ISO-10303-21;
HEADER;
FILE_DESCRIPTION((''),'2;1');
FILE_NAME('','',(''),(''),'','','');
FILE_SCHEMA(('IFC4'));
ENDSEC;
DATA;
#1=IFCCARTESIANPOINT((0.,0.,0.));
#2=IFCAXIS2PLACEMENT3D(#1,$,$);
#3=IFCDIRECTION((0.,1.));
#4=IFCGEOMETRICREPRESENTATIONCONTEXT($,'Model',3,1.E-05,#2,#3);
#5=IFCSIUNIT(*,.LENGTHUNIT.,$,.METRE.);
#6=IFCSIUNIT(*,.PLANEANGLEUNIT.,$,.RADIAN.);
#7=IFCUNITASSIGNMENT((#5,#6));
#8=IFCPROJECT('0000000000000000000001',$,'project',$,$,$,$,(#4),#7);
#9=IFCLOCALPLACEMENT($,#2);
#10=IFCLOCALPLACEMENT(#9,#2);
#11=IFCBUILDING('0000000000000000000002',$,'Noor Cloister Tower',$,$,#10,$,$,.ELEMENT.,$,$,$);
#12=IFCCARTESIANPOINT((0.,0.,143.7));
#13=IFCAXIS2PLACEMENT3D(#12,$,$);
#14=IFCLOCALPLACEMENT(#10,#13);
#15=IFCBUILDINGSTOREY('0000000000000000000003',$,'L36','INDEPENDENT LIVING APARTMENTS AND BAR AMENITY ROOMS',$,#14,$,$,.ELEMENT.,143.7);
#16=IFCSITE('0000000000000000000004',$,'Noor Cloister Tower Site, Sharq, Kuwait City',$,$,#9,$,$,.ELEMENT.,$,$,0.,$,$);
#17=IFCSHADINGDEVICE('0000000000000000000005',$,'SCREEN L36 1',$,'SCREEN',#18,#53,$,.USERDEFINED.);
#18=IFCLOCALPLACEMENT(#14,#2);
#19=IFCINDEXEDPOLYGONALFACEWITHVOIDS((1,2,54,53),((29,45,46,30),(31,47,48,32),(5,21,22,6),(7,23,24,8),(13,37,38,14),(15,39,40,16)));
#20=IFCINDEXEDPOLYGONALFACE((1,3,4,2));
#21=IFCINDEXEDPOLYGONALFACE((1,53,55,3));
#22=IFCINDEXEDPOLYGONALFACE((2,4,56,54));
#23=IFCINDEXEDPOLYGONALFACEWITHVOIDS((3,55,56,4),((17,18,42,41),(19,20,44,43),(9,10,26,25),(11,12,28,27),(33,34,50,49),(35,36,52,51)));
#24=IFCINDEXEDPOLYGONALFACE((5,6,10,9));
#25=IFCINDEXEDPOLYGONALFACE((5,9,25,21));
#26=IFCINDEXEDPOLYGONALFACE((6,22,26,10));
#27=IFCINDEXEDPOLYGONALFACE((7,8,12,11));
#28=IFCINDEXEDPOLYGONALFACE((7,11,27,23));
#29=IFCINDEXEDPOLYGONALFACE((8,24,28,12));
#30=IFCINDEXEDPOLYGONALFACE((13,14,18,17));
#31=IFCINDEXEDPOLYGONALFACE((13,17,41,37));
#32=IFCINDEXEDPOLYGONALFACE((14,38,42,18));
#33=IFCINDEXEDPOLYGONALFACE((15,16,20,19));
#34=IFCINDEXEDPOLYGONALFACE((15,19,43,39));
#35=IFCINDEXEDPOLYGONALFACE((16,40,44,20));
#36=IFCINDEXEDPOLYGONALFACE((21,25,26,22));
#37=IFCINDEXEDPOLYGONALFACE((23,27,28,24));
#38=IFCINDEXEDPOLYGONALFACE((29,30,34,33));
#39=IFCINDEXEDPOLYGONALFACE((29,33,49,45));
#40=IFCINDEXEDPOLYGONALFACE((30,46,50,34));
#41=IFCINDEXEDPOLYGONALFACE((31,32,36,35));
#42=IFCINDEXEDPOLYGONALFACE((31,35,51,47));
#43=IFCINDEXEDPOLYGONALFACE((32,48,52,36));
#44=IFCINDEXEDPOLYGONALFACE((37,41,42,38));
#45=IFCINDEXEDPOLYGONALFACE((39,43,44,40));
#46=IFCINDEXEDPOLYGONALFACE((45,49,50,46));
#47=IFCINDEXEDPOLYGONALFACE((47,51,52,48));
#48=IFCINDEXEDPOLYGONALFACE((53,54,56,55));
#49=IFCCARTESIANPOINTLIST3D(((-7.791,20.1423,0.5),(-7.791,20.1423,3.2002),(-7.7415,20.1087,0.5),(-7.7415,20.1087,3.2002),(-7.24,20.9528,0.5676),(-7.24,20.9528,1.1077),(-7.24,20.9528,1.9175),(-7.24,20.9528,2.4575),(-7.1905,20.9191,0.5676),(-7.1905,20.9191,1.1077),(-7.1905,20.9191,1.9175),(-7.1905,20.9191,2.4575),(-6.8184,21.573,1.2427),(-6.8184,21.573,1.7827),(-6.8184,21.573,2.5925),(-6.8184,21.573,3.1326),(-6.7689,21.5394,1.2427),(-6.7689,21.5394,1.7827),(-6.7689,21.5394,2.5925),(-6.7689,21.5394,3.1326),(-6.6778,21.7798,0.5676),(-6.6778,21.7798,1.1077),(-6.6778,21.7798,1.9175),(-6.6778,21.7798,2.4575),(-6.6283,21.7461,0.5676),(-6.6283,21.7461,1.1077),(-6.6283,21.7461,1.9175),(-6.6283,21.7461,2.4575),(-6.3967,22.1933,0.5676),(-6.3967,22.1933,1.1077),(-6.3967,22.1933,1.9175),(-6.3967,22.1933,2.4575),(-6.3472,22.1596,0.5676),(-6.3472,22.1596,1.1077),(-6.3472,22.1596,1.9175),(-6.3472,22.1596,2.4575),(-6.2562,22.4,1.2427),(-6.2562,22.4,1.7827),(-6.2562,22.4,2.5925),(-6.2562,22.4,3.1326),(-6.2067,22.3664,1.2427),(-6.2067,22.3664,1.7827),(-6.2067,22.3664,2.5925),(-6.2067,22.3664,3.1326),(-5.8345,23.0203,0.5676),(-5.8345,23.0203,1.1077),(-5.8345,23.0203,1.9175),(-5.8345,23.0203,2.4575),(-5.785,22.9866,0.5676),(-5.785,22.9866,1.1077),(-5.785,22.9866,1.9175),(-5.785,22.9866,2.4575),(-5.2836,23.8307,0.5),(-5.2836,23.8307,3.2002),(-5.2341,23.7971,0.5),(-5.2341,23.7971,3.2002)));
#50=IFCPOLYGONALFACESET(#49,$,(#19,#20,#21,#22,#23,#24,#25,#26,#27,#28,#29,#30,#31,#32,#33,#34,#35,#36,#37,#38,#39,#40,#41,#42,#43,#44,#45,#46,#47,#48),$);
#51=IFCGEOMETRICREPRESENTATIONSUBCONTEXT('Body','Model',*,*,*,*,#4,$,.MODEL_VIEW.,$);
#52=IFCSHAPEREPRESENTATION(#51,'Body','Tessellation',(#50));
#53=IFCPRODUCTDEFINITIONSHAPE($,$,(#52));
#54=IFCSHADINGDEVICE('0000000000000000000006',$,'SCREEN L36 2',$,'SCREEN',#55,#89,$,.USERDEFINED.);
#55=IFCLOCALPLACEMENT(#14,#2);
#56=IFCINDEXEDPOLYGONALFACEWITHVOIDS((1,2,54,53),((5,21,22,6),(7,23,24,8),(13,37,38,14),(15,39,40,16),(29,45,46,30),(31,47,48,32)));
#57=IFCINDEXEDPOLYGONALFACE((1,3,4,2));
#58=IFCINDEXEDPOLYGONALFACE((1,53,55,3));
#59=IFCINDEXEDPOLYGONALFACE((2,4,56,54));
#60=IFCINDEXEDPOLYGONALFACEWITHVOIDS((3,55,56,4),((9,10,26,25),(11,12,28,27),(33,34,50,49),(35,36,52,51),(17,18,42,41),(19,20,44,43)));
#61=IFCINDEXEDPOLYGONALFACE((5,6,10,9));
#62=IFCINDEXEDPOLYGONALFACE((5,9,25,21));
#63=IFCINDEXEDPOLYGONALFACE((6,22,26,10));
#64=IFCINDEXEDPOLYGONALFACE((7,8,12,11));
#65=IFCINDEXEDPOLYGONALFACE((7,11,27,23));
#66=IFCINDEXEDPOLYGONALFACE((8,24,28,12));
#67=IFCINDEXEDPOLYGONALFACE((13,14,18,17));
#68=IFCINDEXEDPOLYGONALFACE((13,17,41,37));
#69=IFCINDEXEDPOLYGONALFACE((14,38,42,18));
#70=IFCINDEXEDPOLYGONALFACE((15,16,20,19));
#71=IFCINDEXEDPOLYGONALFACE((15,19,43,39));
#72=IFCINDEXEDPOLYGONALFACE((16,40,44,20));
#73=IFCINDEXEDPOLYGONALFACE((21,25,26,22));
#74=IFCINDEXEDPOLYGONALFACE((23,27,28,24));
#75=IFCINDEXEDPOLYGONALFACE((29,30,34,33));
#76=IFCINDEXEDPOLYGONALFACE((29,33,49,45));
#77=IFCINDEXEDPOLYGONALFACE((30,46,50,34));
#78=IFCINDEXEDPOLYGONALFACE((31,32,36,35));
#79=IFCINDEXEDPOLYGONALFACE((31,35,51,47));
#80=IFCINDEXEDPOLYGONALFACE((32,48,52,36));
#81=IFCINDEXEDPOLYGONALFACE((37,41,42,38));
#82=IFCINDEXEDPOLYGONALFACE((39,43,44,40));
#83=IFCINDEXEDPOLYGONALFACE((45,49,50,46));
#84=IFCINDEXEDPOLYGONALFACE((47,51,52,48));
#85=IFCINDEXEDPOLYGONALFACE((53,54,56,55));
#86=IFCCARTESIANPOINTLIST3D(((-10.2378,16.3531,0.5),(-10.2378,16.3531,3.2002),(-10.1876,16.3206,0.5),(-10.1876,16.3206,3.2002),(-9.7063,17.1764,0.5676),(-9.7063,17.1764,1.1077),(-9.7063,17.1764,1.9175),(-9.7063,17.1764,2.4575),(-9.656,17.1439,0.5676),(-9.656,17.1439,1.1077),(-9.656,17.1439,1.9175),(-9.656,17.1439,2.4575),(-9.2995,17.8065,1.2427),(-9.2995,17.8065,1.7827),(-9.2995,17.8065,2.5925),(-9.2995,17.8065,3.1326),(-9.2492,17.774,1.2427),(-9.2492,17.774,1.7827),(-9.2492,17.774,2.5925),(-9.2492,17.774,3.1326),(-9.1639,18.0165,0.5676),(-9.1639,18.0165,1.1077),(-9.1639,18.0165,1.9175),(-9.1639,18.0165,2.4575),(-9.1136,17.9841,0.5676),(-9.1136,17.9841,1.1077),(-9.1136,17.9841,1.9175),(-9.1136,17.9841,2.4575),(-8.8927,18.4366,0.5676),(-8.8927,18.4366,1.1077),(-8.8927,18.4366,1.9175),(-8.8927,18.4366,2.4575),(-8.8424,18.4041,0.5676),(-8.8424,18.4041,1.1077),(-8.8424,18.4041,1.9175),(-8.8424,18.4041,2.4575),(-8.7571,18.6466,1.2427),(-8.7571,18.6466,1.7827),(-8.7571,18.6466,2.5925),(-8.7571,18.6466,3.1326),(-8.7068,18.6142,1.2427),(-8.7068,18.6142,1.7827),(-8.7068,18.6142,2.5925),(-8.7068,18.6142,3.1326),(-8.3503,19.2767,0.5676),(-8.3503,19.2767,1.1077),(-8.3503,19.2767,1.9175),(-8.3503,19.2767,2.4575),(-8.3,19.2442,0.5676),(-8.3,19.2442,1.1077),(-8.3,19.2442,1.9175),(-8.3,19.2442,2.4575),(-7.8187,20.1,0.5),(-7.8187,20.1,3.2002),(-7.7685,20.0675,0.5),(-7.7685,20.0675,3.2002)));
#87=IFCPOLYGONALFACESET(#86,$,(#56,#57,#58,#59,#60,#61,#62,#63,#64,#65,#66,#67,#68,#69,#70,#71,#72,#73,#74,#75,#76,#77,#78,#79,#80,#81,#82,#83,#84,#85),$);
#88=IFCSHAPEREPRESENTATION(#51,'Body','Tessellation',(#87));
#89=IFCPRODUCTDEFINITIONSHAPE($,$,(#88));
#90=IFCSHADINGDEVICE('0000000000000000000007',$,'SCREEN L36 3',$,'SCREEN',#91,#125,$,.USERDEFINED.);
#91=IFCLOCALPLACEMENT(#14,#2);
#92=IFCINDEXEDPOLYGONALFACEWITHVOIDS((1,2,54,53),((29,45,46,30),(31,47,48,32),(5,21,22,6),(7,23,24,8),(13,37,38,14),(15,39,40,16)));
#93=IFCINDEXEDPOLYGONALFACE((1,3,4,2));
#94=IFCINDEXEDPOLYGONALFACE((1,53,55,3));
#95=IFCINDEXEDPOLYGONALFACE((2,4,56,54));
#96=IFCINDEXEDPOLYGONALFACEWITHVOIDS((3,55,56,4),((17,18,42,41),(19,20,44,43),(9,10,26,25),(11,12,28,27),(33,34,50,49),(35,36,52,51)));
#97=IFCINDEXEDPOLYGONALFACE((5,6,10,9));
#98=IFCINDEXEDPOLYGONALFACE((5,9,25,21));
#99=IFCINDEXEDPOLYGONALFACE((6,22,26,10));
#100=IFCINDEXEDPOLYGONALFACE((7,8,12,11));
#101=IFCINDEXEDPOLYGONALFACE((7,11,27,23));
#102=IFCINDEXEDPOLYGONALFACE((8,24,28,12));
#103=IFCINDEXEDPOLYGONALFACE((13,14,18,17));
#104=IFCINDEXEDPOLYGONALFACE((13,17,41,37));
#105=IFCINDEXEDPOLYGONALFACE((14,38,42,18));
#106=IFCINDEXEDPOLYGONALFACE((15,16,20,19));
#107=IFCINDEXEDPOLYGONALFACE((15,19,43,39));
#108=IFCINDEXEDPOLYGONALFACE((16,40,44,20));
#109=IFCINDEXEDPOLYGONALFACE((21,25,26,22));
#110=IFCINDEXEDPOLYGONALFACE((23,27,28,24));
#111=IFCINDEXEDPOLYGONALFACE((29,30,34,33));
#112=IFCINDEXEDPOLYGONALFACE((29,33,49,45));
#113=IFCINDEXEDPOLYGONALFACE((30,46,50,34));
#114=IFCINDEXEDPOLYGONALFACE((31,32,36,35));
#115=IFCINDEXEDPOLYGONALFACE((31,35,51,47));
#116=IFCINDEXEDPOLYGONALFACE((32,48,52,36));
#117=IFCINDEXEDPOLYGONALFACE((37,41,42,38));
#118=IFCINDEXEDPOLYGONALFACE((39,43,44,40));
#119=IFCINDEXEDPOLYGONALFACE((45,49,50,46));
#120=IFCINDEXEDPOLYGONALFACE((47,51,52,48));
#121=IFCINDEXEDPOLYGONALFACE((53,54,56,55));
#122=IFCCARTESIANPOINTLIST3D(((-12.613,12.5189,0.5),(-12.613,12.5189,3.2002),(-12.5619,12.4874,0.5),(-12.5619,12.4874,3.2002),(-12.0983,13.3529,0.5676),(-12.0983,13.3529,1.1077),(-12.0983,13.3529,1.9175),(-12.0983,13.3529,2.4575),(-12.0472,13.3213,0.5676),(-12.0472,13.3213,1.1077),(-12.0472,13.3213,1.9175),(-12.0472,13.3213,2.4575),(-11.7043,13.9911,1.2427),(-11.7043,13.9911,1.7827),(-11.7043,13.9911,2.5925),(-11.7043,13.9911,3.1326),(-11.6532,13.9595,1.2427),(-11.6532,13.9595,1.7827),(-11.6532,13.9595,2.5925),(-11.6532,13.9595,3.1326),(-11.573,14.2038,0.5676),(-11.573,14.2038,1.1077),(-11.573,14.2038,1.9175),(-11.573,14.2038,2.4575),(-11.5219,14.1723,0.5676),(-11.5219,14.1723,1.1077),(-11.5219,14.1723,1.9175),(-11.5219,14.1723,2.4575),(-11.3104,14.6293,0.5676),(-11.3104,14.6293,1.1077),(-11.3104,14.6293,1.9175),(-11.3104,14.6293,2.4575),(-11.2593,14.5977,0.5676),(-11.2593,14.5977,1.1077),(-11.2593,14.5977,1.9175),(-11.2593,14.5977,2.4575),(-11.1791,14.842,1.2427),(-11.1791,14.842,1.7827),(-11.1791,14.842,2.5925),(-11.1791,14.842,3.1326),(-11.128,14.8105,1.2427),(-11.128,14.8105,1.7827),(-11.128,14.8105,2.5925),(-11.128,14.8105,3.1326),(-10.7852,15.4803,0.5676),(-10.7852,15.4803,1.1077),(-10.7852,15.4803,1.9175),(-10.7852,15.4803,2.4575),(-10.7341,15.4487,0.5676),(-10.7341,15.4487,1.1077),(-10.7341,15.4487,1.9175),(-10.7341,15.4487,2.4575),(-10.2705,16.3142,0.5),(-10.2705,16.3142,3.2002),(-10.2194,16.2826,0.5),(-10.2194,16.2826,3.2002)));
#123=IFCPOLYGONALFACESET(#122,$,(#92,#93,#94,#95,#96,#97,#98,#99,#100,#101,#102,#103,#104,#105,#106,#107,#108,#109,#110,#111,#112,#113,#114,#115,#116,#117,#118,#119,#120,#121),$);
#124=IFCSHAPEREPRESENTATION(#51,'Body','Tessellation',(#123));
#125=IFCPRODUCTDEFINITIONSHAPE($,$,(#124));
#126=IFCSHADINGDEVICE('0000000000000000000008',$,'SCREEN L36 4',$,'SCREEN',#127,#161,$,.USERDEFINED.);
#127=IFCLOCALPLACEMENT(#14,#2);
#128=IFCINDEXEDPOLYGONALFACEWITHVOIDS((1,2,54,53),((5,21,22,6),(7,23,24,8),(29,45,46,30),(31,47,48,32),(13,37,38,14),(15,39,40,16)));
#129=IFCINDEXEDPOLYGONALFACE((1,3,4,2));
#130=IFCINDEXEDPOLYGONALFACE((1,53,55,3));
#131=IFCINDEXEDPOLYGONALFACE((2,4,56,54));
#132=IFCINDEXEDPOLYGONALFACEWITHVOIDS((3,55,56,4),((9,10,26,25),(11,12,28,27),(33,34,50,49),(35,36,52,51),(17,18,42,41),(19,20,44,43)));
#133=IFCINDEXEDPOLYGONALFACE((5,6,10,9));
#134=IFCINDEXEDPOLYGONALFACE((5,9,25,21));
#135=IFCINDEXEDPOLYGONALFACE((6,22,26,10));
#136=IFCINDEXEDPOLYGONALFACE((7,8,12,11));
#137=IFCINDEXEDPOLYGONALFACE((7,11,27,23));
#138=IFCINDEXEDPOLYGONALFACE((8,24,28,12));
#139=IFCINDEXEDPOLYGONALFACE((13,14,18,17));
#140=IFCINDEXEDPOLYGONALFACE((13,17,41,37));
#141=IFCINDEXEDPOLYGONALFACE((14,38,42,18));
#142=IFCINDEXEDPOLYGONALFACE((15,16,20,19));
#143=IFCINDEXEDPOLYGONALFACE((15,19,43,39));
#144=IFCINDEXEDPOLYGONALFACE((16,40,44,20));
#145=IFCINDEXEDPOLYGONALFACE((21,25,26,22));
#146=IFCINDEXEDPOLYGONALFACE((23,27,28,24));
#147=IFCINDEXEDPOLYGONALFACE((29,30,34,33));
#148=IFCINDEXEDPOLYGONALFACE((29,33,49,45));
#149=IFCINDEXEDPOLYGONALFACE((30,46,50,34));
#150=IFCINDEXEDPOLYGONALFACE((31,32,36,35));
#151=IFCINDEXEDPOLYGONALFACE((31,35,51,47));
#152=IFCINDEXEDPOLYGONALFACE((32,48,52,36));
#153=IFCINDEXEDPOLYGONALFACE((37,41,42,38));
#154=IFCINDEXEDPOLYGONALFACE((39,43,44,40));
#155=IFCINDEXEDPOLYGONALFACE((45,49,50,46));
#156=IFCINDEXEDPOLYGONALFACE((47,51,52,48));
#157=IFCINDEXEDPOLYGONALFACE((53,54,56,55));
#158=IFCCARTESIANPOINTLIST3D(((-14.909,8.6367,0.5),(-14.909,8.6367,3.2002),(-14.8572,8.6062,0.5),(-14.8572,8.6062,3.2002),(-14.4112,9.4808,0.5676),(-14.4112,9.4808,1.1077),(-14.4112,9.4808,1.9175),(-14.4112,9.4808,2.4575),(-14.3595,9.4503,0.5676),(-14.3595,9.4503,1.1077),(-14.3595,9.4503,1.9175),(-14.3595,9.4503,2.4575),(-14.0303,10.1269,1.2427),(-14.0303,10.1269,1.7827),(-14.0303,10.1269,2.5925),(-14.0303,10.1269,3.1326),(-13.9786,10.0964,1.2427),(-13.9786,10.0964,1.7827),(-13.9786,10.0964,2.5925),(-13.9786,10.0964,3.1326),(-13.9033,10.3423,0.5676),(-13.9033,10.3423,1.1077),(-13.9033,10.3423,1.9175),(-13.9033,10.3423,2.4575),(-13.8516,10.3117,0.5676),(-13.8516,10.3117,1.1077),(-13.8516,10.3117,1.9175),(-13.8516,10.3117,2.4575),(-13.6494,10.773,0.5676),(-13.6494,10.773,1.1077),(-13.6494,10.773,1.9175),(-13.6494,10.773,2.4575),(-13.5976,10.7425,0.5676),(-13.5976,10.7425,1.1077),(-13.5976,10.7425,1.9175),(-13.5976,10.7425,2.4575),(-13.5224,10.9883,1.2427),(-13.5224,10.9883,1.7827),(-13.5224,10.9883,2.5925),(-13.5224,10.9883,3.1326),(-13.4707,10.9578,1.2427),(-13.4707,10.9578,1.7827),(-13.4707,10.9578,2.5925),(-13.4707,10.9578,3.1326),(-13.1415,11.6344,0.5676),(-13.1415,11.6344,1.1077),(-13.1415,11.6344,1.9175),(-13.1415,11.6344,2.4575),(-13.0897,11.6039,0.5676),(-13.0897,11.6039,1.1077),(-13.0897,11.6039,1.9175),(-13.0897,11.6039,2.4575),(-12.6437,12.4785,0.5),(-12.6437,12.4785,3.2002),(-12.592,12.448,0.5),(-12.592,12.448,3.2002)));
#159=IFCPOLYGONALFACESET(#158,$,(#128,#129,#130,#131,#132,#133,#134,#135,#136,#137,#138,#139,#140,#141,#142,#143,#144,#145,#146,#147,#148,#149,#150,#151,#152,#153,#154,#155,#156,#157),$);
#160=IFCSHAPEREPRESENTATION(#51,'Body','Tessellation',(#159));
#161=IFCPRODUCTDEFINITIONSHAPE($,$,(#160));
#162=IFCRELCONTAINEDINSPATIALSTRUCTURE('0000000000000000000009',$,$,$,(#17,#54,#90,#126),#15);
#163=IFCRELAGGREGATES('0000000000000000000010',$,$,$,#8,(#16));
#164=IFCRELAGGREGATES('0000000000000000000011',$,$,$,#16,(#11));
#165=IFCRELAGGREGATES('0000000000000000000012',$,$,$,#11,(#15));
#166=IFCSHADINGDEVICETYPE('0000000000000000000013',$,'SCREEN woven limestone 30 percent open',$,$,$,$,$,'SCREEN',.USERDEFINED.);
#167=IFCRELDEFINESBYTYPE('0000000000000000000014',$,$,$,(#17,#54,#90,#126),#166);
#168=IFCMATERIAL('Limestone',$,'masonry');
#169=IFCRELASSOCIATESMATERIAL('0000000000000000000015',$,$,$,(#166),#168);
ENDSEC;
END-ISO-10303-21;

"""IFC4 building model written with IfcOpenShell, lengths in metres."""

from ifc_helpers import new_model, si_unit, direction, frame, origin, place, context, subcontext, project, spatial, polyline, outline, extrude, material, material_profile, profile_set, type_object, element, save


model = new_model("IFC4")

# Units and contexts
model_context = context("Model", 3, precision=1e-05, world=origin(), true_north=direction((0.0, 1.0)))
body_context = subcontext(model_context, "Body", "Model", "MODEL_VIEW")
ifc_project = project(units=[si_unit("LENGTHUNIT", "METRE"), si_unit("PLANEANGLEUNIT", "RADIAN")], contexts=[model_context])

# Site, building, storey
site_placement = place(None, origin())
site = spatial("IfcSite", under=ifc_project, at=site_placement, Name="Noor Cloister Tower Site, Sharq, Kuwait City", CompositionType="ELEMENT", RefElevation=0.0)
building_placement = place(site_placement, origin())
building = spatial("IfcBuilding", under=site, at=building_placement, Name="Noor Cloister Tower", CompositionType="ELEMENT")
storey_placement = place(building_placement, frame((0.0, 0.0, 143.7)))
storey = spatial("IfcBuildingStorey", under=building, at=storey_placement, Name="L36", Description="INDEPENDENT LIVING APARTMENTS AND BAR AMENITY ROOMS", CompositionType="ELEMENT", Elevation=143.7)

# Shading devices
ifc_material_1 = material(Name="Limestone", Category="masonry")
ifc_material_profile_1 = material_profile(ifc_material_1, outline(polyline([(-2.23, -1.3501), (2.23, -1.3501), (2.23, 1.3501), (-2.23, 1.3501), (-2.23, -1.3501)]), holes=[polyline([(-1.25, -1.2825), (-0.25, -1.2825), (-0.25, -0.7424), (-1.25, -0.7424), (-1.25, -1.2825)]), polyline([(0.25, -1.2825), (1.25, -1.2825), (1.25, -0.7424), (0.25, -0.7424), (0.25, -1.2825)]), polyline([(-0.5, -0.6074), (0.5, -0.6074), (0.5, -0.0674), (-0.5, -0.0674), (-0.5, -0.6074)]), polyline([(-1.25, 0.0674), (-0.25, 0.0674), (-0.25, 0.6074), (-1.25, 0.6074), (-1.25, 0.0674)]), polyline([(0.25, 0.0674), (1.25, 0.0674), (1.25, 0.6074), (0.25, 0.6074), (0.25, 0.0674)]), polyline([(-0.5, 0.7424), (0.5, 0.7424), (0.5, 1.2825), (-0.5, 1.2825), (-0.5, 0.7424)])]), Name="Woven screen 30 percent open")
ifc_profile_set_1 = profile_set([ifc_material_profile_1], Name="Limestone")
shading_device_type = type_object("IfcShadingDeviceType", Name="SCREEN woven limestone 30 percent open", ElementType="SCREEN", PredefinedType="USERDEFINED", material=ifc_profile_set_1)
for number, where, z_axis, x_axis, name in (
    (1, (-6.4878, 21.9529, 1.8501), (-0.827002, 0.562199, 0.0), (-0.562199, -0.827002, 0.0), "SCREEN L36 1"),
    (2, (-8.978, 18.1941, 1.8501), (-0.840117, 0.542406, 0.0), (-0.542406, -0.840117, 0.0), "SCREEN L36 2"),
):
    element("IfcShadingDevice", number, at=place(storey_placement, frame(where, z_axis=z_axis, x_axis=x_axis)), inside=storey, type_object=shading_device_type, Name=name, ObjectType="SCREEN", PredefinedType="USERDEFINED", context=body_context, shape_type="SweptSolid", body=[
        extrude(outline(polyline([(-2.23, -1.3501), (2.23, -1.3501), (2.23, 1.3501), (-2.23, 1.3501), (-2.23, -1.3501)]), holes=[polyline([(-1.25, -1.2825), (-0.25, -1.2825), (-0.25, -0.7424), (-1.25, -0.7424), (-1.25, -1.2825)]), polyline([(0.25, -1.2825), (1.25, -1.2825), (1.25, -0.7424), (0.25, -0.7424), (0.25, -1.2825)]), polyline([(-0.5, -0.6074), (0.5, -0.6074), (0.5, -0.0674), (-0.5, -0.0674), (-0.5, -0.6074)]), polyline([(-1.25, 0.0674), (-0.25, 0.0674), (-0.25, 0.6074), (-1.25, 0.6074), (-1.25, 0.0674)]), polyline([(0.25, 0.0674), (1.25, 0.0674), (1.25, 0.6074), (0.25, 0.6074), (0.25, 0.0674)]), polyline([(-0.5, 0.7424), (0.5, 0.7424), (0.5, 1.2825), (-0.5, 1.2825), (-0.5, 0.7424)])]), origin(), (0.0, 0.0, 1.0), 0.0598),
    ])
for number, where, z_axis, x_axis, name in (
    (3, (-11.3906, 14.385, 1.8501), (-0.850959, 0.525233, 0.0), (-0.525233, -0.850959, 0.0), "SCREEN L36 3"),
    (4, (-13.7246, 10.5271, 1.8501), (-0.861411, 0.507908, 0.0), (-0.507908, -0.861411, 0.0), "SCREEN L36 4"),
):
    element("IfcShadingDevice", number, at=place(storey_placement, frame(where, z_axis=z_axis, x_axis=x_axis)), inside=storey, type_object=shading_device_type, Name=name, ObjectType="SCREEN", PredefinedType="USERDEFINED", context=body_context, shape_type="SweptSolid", body=[
        extrude(outline(polyline([(-2.23, -1.3501), (2.23, -1.3501), (2.23, 1.3501), (-2.23, 1.3501), (-2.23, -1.3501)]), holes=[polyline([(-1.25, -1.2825), (-0.25, -1.2825), (-0.25, -0.7424), (-1.25, -0.7424), (-1.25, -1.2825)]), polyline([(0.25, -1.2825), (1.25, -1.2825), (1.25, -0.7424), (0.25, -0.7424), (0.25, -1.2825)]), polyline([(-0.5, -0.6074), (0.5, -0.6074), (0.5, -0.0674), (-0.5, -0.0674), (-0.5, -0.6074)]), polyline([(-1.25, 0.0674), (-0.25, 0.0674), (-0.25, 0.6074), (-1.25, 0.6074), (-1.25, 0.0674)]), polyline([(0.25, 0.0674), (1.25, 0.0674), (1.25, 0.6074), (0.25, 0.6074), (0.25, 0.0674)]), polyline([(-0.5, 0.7424), (0.5, 0.7424), (0.5, 1.2825), (-0.5, 1.2825), (-0.5, 0.7424)])]), origin(), (0.0, 0.0, 1.0), 0.0601),
    ])

save(model, "model.ifc")
